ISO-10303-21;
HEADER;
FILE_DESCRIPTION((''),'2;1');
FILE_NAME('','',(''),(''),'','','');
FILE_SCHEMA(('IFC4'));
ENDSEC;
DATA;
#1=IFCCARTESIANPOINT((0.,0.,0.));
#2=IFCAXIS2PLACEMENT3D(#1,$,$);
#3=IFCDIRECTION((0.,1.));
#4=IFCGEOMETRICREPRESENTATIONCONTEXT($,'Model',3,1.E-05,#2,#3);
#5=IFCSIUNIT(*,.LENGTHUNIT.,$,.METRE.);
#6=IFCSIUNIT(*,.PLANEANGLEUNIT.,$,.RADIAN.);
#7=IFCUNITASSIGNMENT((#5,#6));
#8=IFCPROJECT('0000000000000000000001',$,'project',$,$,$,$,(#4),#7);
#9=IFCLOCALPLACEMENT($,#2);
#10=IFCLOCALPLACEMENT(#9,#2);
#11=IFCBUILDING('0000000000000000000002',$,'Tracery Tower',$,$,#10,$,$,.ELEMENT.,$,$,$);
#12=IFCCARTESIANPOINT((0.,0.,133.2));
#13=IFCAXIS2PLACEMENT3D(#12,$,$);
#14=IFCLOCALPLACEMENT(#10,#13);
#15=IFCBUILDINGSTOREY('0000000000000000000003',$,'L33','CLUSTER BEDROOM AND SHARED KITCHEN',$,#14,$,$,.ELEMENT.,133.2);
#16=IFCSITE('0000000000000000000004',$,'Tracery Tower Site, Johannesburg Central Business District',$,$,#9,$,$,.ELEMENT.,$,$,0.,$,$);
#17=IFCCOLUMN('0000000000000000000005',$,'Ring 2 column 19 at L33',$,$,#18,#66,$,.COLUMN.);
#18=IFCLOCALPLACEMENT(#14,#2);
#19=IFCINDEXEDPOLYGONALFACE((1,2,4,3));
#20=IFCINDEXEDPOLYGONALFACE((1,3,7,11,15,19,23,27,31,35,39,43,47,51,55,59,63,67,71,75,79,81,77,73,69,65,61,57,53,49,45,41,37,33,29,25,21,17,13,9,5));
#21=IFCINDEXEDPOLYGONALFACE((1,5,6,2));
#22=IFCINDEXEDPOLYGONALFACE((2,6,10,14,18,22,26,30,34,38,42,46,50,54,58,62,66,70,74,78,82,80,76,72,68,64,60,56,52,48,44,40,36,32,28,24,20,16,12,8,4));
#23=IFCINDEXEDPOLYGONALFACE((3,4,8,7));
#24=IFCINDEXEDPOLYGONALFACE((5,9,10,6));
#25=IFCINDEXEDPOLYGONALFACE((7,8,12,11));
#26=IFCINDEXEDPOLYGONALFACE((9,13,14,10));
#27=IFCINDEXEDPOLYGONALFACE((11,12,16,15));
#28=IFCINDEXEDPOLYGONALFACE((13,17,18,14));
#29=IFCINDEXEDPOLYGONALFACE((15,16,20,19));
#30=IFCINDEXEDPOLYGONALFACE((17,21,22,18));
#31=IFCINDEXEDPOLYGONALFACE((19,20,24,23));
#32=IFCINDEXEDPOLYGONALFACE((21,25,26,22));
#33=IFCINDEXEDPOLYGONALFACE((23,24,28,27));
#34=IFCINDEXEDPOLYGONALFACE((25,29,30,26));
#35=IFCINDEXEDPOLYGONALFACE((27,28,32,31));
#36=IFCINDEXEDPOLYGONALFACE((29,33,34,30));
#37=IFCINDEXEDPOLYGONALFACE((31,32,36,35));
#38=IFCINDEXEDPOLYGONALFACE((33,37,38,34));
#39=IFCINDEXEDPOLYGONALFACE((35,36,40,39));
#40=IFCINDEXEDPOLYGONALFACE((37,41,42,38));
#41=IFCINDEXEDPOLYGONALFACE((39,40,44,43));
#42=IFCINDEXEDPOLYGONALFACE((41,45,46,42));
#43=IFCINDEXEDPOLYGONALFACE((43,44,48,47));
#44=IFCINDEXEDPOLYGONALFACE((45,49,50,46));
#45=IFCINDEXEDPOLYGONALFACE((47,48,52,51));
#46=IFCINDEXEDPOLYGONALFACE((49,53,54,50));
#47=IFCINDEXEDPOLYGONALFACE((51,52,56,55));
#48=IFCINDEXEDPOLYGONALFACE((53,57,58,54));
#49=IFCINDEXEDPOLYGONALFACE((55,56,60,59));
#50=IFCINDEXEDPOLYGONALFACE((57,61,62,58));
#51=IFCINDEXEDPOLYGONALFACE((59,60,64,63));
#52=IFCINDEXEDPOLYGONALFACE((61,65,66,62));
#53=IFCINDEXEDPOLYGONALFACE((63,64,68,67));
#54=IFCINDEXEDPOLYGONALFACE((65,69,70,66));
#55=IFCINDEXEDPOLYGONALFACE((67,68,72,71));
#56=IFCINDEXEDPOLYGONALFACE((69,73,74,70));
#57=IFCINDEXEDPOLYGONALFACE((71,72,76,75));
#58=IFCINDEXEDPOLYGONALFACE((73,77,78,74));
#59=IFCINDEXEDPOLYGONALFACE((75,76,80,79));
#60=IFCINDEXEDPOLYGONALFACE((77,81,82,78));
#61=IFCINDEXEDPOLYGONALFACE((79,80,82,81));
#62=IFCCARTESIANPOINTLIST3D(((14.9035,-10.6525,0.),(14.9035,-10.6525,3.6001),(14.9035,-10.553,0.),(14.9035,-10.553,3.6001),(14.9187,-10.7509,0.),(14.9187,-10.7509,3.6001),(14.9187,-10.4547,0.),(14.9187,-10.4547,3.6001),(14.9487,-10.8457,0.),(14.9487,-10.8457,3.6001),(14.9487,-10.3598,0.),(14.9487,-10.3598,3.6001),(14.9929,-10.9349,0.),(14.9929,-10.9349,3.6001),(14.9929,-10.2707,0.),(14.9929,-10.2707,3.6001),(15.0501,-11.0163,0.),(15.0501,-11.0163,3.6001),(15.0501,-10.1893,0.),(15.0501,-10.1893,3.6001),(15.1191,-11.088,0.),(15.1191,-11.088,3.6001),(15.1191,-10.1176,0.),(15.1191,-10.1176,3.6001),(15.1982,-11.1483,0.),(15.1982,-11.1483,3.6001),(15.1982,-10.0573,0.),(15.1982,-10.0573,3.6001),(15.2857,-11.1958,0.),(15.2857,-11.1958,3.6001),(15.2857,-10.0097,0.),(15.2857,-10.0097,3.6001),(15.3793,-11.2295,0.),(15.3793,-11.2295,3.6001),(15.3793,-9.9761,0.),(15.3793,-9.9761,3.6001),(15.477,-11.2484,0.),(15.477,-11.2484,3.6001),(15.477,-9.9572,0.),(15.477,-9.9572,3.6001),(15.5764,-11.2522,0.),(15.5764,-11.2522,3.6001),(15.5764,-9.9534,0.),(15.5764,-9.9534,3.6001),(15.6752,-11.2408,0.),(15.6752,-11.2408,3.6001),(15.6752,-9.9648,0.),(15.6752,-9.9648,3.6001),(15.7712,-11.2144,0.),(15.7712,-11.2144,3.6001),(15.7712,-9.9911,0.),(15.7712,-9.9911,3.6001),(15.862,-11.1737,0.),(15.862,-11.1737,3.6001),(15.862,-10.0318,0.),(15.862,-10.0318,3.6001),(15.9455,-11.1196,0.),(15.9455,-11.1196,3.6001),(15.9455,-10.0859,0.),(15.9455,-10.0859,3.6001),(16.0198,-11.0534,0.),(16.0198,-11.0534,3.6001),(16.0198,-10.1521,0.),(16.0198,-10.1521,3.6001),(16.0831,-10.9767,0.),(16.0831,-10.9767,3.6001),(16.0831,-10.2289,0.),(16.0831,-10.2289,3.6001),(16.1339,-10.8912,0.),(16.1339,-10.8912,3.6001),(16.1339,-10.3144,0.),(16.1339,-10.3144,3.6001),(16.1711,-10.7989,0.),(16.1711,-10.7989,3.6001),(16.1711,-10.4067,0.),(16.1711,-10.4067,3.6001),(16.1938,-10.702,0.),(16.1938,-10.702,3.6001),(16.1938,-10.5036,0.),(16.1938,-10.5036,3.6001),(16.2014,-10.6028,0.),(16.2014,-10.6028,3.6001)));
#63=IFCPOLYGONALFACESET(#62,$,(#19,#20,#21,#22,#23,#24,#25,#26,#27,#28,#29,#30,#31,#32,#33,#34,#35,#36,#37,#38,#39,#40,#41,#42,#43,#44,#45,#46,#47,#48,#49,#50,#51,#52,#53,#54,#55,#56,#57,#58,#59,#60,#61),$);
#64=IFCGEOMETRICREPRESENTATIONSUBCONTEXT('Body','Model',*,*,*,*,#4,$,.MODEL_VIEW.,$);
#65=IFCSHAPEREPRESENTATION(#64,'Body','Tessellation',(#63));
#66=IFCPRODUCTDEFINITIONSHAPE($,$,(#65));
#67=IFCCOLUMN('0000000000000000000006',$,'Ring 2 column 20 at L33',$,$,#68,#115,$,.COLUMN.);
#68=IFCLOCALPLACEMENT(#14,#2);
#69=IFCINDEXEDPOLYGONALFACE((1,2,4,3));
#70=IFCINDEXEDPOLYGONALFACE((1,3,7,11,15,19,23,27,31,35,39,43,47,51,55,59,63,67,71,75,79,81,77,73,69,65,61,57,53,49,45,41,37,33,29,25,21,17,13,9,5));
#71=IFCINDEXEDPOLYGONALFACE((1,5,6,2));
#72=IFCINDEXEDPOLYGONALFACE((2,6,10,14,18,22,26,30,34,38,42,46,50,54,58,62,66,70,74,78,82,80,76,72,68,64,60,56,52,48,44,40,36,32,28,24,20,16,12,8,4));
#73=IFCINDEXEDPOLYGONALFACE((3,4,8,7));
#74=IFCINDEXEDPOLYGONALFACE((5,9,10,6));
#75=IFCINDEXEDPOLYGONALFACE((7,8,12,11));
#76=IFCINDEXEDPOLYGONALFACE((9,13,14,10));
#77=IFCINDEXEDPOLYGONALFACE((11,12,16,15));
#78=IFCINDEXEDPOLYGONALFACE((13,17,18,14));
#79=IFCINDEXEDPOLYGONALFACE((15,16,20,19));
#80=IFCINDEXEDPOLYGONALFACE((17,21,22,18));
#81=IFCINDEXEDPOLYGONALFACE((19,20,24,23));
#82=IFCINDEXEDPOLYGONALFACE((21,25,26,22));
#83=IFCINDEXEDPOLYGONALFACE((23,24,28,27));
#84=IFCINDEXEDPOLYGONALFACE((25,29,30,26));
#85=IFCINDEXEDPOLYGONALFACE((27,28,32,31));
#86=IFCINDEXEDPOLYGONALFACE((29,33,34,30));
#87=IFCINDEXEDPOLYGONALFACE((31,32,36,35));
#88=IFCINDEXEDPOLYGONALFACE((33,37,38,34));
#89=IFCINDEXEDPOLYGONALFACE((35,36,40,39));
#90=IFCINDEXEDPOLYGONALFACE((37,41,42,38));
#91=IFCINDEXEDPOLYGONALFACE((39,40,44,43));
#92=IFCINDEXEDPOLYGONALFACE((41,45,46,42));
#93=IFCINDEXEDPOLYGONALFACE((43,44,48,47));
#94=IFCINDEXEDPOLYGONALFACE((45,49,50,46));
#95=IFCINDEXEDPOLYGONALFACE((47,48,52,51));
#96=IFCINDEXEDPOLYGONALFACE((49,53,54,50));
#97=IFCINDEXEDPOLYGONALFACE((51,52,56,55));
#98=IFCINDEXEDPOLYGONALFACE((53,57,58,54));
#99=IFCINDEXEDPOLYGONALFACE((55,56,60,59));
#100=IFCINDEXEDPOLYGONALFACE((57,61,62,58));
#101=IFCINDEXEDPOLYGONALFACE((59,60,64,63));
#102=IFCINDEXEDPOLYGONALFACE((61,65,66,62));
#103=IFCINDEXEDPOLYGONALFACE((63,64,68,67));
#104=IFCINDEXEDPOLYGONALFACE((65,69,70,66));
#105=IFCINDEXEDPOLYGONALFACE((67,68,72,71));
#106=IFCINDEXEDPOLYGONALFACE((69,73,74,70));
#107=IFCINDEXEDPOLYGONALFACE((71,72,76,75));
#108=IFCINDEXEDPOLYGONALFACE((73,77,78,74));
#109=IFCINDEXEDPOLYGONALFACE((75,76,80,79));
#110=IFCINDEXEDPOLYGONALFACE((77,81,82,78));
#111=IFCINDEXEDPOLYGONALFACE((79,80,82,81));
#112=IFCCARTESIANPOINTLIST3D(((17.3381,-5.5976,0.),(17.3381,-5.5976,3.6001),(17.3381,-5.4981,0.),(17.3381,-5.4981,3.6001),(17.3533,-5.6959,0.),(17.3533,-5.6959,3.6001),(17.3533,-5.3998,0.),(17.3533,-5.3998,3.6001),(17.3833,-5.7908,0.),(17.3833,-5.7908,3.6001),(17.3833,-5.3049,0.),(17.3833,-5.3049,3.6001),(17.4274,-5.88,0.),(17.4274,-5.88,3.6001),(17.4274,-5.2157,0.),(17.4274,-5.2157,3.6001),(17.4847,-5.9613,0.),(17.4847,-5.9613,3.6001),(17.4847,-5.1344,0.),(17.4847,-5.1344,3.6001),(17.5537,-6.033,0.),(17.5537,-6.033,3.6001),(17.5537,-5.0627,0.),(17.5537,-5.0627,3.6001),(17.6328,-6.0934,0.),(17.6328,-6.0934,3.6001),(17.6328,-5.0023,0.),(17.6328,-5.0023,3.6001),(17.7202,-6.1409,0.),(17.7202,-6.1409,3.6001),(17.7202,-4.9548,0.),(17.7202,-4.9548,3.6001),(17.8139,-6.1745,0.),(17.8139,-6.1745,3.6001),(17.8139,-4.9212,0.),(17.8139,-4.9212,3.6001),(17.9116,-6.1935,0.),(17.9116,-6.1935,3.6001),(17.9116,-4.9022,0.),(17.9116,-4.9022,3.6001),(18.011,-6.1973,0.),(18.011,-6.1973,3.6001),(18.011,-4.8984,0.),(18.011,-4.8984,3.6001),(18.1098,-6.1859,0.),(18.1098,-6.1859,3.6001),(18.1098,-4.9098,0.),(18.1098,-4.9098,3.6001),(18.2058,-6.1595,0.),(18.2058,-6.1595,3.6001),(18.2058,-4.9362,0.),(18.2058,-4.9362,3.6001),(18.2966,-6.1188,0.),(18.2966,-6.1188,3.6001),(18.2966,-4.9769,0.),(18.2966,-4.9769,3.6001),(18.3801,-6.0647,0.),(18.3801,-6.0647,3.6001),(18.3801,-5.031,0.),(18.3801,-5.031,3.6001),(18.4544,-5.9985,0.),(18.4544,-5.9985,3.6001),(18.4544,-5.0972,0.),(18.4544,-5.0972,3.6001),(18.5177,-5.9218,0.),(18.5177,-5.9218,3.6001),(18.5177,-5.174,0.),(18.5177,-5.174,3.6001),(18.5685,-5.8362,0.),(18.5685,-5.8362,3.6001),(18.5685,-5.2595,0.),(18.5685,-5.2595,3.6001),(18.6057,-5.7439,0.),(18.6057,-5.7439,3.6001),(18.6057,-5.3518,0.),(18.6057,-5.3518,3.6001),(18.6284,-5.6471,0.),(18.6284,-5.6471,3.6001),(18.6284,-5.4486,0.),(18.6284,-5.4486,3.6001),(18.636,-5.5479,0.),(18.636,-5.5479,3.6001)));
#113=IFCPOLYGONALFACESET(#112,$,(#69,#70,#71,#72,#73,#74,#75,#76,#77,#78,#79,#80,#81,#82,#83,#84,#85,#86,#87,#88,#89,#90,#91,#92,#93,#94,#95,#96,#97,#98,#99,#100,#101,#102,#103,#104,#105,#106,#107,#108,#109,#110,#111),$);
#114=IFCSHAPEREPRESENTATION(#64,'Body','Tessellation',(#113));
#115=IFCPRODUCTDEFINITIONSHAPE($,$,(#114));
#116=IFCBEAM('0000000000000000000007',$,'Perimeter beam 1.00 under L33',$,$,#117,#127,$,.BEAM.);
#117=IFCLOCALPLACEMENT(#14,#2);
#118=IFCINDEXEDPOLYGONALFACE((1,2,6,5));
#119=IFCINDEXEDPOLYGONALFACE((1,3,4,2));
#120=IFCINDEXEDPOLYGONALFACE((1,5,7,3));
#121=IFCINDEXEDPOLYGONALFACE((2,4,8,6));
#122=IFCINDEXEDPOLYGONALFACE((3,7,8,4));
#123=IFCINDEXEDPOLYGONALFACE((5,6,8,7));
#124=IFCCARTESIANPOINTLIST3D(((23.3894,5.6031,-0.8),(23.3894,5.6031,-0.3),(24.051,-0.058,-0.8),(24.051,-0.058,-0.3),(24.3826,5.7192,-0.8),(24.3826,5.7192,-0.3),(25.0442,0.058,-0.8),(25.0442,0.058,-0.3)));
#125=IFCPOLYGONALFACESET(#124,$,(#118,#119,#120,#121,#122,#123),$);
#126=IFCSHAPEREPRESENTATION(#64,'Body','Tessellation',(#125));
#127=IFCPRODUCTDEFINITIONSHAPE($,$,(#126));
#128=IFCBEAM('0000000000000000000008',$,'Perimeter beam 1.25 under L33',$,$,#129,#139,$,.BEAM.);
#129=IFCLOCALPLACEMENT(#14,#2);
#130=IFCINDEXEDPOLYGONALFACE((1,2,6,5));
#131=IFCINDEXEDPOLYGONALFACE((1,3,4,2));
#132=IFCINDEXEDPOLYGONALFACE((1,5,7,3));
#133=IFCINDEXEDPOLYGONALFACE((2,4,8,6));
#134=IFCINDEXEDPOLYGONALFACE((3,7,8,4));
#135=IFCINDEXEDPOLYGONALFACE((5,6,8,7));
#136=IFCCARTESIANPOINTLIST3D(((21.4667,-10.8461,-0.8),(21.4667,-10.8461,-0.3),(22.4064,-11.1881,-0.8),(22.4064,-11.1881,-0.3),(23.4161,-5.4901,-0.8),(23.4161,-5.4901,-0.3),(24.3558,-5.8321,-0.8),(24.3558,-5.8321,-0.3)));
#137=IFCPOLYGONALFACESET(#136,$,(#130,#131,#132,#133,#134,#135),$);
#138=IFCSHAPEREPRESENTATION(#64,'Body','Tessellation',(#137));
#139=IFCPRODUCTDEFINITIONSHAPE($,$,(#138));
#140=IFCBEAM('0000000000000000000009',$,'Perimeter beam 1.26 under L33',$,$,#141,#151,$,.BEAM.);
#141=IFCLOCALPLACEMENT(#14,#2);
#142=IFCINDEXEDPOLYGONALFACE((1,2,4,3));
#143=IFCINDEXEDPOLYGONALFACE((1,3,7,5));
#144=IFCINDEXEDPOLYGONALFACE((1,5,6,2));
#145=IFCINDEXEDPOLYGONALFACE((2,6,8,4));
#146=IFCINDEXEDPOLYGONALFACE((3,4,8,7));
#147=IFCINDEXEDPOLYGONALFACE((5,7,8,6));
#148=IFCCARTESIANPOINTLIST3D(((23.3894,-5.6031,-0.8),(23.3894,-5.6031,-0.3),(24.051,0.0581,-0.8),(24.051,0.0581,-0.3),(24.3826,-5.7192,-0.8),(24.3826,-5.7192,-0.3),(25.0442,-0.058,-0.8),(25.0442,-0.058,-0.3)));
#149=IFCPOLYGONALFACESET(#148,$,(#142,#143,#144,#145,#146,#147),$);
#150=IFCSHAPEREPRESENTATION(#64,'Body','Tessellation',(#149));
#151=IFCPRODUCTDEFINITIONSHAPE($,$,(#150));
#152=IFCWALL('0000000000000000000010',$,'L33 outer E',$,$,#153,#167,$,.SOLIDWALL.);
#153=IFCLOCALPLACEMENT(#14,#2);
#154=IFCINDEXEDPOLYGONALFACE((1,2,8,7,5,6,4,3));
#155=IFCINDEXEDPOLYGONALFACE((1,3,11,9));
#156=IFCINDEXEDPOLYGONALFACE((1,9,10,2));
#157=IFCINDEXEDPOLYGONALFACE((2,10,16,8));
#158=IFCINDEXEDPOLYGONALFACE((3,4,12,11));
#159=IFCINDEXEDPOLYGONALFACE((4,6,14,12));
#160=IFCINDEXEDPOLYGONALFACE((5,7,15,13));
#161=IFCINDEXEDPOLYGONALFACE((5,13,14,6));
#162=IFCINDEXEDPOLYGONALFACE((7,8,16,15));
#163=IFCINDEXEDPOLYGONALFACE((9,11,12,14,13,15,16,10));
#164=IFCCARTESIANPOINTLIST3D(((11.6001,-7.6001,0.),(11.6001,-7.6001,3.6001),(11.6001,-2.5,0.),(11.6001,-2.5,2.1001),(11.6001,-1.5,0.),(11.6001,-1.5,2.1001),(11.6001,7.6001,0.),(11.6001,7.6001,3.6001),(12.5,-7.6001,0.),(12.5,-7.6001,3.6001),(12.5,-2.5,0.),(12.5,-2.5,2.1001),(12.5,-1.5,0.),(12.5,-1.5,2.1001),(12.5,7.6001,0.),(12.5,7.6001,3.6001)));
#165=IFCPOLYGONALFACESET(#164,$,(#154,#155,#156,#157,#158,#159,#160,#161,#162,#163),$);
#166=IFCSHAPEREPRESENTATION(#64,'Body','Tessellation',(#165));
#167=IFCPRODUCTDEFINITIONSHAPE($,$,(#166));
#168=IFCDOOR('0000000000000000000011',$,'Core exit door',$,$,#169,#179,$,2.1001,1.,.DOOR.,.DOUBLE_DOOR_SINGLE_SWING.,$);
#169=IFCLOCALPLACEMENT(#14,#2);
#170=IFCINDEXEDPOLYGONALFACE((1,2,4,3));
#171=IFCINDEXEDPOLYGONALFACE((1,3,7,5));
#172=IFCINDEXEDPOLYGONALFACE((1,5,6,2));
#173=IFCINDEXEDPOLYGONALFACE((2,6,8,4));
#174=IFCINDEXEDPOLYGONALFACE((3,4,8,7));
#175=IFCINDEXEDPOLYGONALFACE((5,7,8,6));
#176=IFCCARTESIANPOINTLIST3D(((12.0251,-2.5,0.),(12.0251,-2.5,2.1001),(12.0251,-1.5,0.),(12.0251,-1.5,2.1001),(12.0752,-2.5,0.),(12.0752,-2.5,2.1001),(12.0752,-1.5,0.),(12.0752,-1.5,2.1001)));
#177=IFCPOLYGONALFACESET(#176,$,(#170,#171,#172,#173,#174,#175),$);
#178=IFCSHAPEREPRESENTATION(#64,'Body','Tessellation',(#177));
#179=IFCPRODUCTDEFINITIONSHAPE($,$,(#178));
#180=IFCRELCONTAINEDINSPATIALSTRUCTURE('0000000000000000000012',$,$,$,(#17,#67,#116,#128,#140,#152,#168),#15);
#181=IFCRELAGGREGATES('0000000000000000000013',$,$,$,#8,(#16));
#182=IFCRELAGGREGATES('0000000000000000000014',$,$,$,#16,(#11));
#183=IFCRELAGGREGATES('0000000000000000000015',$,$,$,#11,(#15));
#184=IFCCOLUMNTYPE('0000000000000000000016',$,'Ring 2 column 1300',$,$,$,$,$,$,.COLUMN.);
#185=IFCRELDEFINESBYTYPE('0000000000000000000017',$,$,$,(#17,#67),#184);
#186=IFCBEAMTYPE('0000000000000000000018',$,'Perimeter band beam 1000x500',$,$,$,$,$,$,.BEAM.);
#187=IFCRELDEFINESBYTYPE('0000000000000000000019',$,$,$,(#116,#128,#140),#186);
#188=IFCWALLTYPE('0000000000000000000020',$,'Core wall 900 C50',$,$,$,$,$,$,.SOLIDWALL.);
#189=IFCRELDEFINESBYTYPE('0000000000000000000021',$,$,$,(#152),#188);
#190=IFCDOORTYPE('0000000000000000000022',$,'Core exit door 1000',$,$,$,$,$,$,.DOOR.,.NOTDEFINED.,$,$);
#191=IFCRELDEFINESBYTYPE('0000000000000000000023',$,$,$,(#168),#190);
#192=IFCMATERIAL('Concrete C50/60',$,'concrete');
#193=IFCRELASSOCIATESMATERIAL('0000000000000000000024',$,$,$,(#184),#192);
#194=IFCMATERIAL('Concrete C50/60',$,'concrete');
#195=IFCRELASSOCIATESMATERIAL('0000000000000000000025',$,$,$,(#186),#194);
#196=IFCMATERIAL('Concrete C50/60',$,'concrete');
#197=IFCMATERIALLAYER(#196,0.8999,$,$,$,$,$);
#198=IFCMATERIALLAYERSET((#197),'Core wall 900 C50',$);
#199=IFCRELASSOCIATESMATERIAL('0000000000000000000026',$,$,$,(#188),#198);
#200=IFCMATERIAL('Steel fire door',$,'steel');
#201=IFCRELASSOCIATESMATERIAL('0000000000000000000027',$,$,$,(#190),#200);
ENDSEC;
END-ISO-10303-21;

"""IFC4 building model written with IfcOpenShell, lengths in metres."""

from ifc_helpers import new_model, si_unit, direction, frame, frame_2d, origin, origin_2d, place, context, subcontext, project, spatial, rectangle, circle, extrude, material, layer, layer_set, material_profile, profile_set, type_object, element, fill, save


model = new_model("IFC4")

# Units and contexts
model_context = context("Model", 3, precision=1e-05, world=origin(), true_north=direction((0.0, 1.0)))
body_context = subcontext(model_context, "Body", "Model", "MODEL_VIEW")
ifc_project = project(units=[si_unit("LENGTHUNIT", "METRE"), si_unit("PLANEANGLEUNIT", "RADIAN")], contexts=[model_context])

# Site, building, storey
site_placement = place(None, origin())
site = spatial("IfcSite", under=ifc_project, at=site_placement, Name="Tracery Tower Site, Johannesburg Central Business District", CompositionType="ELEMENT", RefElevation=0.0)
building_placement = place(site_placement, origin())
building = spatial("IfcBuilding", under=site, at=building_placement, Name="Tracery Tower", CompositionType="ELEMENT")
storey_placement = place(building_placement, frame((0.0, 0.0, 133.2)))
storey = spatial("IfcBuildingStorey", under=building, at=storey_placement, Name="L33", Description="CLUSTER BEDROOM AND SHARED KITCHEN", CompositionType="ELEMENT", Elevation=133.2)

# Columns
ifc_material_1 = material(Name="Concrete C50/60", Category="concrete")
ifc_material_profile_1 = material_profile(ifc_material_1, circle(Radius=0.6499, at=origin_2d()), Name="RC D1300")
ifc_profile_set_1 = profile_set([ifc_material_profile_1], Name="Concrete C50/60")
column_type_1 = type_object("IfcColumnType", Name="Ring 2 column 1300", PredefinedType="COLUMN", material=ifc_profile_set_1)
for number, where, z_axis, x_axis, name in (
    (1, (15.5515, -10.6028, 0.0), (0.0, 0.0, 1.0), (1.0, 0.0, 0.0), "Ring 2 column 19 at L33"),
    (2, (17.9861, -5.5479, 0.0), (0.0, 0.0, 1.0), (1.0, 0.0, 0.0), "Ring 2 column 20 at L33"),
):
    element("IfcColumn", number, at=place(storey_placement, frame(where, z_axis=z_axis, x_axis=x_axis)), inside=storey, type_object=column_type_1, Name=name, PredefinedType="COLUMN", context=body_context, shape_type="SweptSolid", body=[
        extrude(circle(Radius=0.6499, at=origin_2d()), origin(), (0.0, 0.0, 1.0), 3.6001),
    ])

# Beams
ifc_material_2 = material(Name="Concrete C50/60", Category="concrete")
ifc_material_profile_2 = material_profile(ifc_material_2, rectangle(XDim=1.0, YDim=0.5, at=origin_2d()), Name="RC 1000x500")
ifc_profile_set_2 = profile_set([ifc_material_profile_2], Name="Concrete C50/60")
beam_type = type_object("IfcBeamType", Name="Perimeter band beam 1000x500", PredefinedType="BEAM", material=ifc_profile_set_2)
for number, where, z_axis, x_axis, name in (
    (3, (24.5476, 0.0, -0.55), (-0.116081, 0.99324, 0.0), (-0.99324, -0.116081, 0.0), "Perimeter beam 1.00 under L33"),
    (4, (21.9365, -11.0171, -0.55), (0.342029, 0.93969, 0.0), (-0.93969, 0.342029, 0.0), "Perimeter beam 1.25 under L33"),
    (5, (23.886, -5.6611, -0.55), (0.116081, 0.99324, 0.0), (-0.99324, 0.116081, 0.0), "Perimeter beam 1.26 under L33"),
):
    element("IfcBeam", number, at=place(storey_placement, frame(where, z_axis=z_axis, x_axis=x_axis)), inside=storey, type_object=beam_type, Name=name, PredefinedType="BEAM", context=body_context, shape_type="SweptSolid", body=[
        extrude(rectangle(XDim=1.0, YDim=0.5, at=origin_2d()), origin(), (0.0, 0.0, 1.0), 5.6997),
    ])

# Wall, opening, door
ifc_material_3 = material(Name="Concrete C50/60", Category="concrete")
ifc_layer_1 = layer(ifc_material_3, 0.8999)
ifc_layer_set_1 = layer_set([ifc_layer_1], Name="Core wall 900 C50")
wall_type_1 = type_object("IfcWallType", Name="Core wall 900 C50", PredefinedType="SOLIDWALL", material=ifc_layer_set_1)
wall_1_placement = place(storey_placement, frame((12.05, -7.6001, 0.0), z_axis=(0.0, 0.0, 1.0), x_axis=(0.0, 1.0, 0.0)))
wall_1 = element("IfcWall", 6, at=wall_1_placement, inside=storey, type_object=wall_type_1, Name="L33 outer E", PredefinedType="SOLIDWALL", context=body_context, shape_type="SweptSolid", body=[
    extrude(rectangle(XDim=15.2002, YDim=0.8999, at=frame_2d((7.6001, 0.0))), origin(), (0.0, 0.0, 1.0), 3.6001),
])
opening_1_placement = place(wall_1_placement, frame((5.1001, 0.0, 0.0)))
opening_1 = element("IfcOpeningElement", 7, at=opening_1_placement, cuts=wall_1, PredefinedType="OPENING", context=body_context, shape_type="SweptSolid", body=[
    extrude(rectangle(XDim=1.0, YDim=2.1001, at=frame_2d((0.5, 1.05))), frame((0.0, 0.45, 0.0), z_axis=(0.0, -1.0, 0.0), x_axis=(1.0, 0.0, 0.0)), (0.0, 0.0, 1.0), 0.8999),
])
ifc_material_4 = material(Name="Steel fire door", Category="steel")
door_type_1 = type_object("IfcDoorType", Name="Core exit door 1000", OperationType="NOTDEFINED", PredefinedType="DOOR", material=ifc_material_4)
door_1_placement = place(opening_1_placement, origin())
door_1 = element("IfcDoor", 8, at=door_1_placement, inside=storey, type_object=door_type_1, Name="Core exit door", OperationType="DOUBLE_DOOR_SINGLE_SWING", OverallHeight=2.1001, OverallWidth=1.0, PredefinedType="DOOR", context=body_context, shape_type="SweptSolid", body=[
    extrude(rectangle(XDim=1.0, YDim=2.1001, at=frame_2d((0.5, 1.05))), frame((0.0, 0.0249, 0.0), z_axis=(0.0, -1.0, 0.0), x_axis=(1.0, 0.0, 0.0)), (0.0, 0.0, 1.0), 0.05),
])
fill(opening_1, door_1)

save(model, "model.ifc")
